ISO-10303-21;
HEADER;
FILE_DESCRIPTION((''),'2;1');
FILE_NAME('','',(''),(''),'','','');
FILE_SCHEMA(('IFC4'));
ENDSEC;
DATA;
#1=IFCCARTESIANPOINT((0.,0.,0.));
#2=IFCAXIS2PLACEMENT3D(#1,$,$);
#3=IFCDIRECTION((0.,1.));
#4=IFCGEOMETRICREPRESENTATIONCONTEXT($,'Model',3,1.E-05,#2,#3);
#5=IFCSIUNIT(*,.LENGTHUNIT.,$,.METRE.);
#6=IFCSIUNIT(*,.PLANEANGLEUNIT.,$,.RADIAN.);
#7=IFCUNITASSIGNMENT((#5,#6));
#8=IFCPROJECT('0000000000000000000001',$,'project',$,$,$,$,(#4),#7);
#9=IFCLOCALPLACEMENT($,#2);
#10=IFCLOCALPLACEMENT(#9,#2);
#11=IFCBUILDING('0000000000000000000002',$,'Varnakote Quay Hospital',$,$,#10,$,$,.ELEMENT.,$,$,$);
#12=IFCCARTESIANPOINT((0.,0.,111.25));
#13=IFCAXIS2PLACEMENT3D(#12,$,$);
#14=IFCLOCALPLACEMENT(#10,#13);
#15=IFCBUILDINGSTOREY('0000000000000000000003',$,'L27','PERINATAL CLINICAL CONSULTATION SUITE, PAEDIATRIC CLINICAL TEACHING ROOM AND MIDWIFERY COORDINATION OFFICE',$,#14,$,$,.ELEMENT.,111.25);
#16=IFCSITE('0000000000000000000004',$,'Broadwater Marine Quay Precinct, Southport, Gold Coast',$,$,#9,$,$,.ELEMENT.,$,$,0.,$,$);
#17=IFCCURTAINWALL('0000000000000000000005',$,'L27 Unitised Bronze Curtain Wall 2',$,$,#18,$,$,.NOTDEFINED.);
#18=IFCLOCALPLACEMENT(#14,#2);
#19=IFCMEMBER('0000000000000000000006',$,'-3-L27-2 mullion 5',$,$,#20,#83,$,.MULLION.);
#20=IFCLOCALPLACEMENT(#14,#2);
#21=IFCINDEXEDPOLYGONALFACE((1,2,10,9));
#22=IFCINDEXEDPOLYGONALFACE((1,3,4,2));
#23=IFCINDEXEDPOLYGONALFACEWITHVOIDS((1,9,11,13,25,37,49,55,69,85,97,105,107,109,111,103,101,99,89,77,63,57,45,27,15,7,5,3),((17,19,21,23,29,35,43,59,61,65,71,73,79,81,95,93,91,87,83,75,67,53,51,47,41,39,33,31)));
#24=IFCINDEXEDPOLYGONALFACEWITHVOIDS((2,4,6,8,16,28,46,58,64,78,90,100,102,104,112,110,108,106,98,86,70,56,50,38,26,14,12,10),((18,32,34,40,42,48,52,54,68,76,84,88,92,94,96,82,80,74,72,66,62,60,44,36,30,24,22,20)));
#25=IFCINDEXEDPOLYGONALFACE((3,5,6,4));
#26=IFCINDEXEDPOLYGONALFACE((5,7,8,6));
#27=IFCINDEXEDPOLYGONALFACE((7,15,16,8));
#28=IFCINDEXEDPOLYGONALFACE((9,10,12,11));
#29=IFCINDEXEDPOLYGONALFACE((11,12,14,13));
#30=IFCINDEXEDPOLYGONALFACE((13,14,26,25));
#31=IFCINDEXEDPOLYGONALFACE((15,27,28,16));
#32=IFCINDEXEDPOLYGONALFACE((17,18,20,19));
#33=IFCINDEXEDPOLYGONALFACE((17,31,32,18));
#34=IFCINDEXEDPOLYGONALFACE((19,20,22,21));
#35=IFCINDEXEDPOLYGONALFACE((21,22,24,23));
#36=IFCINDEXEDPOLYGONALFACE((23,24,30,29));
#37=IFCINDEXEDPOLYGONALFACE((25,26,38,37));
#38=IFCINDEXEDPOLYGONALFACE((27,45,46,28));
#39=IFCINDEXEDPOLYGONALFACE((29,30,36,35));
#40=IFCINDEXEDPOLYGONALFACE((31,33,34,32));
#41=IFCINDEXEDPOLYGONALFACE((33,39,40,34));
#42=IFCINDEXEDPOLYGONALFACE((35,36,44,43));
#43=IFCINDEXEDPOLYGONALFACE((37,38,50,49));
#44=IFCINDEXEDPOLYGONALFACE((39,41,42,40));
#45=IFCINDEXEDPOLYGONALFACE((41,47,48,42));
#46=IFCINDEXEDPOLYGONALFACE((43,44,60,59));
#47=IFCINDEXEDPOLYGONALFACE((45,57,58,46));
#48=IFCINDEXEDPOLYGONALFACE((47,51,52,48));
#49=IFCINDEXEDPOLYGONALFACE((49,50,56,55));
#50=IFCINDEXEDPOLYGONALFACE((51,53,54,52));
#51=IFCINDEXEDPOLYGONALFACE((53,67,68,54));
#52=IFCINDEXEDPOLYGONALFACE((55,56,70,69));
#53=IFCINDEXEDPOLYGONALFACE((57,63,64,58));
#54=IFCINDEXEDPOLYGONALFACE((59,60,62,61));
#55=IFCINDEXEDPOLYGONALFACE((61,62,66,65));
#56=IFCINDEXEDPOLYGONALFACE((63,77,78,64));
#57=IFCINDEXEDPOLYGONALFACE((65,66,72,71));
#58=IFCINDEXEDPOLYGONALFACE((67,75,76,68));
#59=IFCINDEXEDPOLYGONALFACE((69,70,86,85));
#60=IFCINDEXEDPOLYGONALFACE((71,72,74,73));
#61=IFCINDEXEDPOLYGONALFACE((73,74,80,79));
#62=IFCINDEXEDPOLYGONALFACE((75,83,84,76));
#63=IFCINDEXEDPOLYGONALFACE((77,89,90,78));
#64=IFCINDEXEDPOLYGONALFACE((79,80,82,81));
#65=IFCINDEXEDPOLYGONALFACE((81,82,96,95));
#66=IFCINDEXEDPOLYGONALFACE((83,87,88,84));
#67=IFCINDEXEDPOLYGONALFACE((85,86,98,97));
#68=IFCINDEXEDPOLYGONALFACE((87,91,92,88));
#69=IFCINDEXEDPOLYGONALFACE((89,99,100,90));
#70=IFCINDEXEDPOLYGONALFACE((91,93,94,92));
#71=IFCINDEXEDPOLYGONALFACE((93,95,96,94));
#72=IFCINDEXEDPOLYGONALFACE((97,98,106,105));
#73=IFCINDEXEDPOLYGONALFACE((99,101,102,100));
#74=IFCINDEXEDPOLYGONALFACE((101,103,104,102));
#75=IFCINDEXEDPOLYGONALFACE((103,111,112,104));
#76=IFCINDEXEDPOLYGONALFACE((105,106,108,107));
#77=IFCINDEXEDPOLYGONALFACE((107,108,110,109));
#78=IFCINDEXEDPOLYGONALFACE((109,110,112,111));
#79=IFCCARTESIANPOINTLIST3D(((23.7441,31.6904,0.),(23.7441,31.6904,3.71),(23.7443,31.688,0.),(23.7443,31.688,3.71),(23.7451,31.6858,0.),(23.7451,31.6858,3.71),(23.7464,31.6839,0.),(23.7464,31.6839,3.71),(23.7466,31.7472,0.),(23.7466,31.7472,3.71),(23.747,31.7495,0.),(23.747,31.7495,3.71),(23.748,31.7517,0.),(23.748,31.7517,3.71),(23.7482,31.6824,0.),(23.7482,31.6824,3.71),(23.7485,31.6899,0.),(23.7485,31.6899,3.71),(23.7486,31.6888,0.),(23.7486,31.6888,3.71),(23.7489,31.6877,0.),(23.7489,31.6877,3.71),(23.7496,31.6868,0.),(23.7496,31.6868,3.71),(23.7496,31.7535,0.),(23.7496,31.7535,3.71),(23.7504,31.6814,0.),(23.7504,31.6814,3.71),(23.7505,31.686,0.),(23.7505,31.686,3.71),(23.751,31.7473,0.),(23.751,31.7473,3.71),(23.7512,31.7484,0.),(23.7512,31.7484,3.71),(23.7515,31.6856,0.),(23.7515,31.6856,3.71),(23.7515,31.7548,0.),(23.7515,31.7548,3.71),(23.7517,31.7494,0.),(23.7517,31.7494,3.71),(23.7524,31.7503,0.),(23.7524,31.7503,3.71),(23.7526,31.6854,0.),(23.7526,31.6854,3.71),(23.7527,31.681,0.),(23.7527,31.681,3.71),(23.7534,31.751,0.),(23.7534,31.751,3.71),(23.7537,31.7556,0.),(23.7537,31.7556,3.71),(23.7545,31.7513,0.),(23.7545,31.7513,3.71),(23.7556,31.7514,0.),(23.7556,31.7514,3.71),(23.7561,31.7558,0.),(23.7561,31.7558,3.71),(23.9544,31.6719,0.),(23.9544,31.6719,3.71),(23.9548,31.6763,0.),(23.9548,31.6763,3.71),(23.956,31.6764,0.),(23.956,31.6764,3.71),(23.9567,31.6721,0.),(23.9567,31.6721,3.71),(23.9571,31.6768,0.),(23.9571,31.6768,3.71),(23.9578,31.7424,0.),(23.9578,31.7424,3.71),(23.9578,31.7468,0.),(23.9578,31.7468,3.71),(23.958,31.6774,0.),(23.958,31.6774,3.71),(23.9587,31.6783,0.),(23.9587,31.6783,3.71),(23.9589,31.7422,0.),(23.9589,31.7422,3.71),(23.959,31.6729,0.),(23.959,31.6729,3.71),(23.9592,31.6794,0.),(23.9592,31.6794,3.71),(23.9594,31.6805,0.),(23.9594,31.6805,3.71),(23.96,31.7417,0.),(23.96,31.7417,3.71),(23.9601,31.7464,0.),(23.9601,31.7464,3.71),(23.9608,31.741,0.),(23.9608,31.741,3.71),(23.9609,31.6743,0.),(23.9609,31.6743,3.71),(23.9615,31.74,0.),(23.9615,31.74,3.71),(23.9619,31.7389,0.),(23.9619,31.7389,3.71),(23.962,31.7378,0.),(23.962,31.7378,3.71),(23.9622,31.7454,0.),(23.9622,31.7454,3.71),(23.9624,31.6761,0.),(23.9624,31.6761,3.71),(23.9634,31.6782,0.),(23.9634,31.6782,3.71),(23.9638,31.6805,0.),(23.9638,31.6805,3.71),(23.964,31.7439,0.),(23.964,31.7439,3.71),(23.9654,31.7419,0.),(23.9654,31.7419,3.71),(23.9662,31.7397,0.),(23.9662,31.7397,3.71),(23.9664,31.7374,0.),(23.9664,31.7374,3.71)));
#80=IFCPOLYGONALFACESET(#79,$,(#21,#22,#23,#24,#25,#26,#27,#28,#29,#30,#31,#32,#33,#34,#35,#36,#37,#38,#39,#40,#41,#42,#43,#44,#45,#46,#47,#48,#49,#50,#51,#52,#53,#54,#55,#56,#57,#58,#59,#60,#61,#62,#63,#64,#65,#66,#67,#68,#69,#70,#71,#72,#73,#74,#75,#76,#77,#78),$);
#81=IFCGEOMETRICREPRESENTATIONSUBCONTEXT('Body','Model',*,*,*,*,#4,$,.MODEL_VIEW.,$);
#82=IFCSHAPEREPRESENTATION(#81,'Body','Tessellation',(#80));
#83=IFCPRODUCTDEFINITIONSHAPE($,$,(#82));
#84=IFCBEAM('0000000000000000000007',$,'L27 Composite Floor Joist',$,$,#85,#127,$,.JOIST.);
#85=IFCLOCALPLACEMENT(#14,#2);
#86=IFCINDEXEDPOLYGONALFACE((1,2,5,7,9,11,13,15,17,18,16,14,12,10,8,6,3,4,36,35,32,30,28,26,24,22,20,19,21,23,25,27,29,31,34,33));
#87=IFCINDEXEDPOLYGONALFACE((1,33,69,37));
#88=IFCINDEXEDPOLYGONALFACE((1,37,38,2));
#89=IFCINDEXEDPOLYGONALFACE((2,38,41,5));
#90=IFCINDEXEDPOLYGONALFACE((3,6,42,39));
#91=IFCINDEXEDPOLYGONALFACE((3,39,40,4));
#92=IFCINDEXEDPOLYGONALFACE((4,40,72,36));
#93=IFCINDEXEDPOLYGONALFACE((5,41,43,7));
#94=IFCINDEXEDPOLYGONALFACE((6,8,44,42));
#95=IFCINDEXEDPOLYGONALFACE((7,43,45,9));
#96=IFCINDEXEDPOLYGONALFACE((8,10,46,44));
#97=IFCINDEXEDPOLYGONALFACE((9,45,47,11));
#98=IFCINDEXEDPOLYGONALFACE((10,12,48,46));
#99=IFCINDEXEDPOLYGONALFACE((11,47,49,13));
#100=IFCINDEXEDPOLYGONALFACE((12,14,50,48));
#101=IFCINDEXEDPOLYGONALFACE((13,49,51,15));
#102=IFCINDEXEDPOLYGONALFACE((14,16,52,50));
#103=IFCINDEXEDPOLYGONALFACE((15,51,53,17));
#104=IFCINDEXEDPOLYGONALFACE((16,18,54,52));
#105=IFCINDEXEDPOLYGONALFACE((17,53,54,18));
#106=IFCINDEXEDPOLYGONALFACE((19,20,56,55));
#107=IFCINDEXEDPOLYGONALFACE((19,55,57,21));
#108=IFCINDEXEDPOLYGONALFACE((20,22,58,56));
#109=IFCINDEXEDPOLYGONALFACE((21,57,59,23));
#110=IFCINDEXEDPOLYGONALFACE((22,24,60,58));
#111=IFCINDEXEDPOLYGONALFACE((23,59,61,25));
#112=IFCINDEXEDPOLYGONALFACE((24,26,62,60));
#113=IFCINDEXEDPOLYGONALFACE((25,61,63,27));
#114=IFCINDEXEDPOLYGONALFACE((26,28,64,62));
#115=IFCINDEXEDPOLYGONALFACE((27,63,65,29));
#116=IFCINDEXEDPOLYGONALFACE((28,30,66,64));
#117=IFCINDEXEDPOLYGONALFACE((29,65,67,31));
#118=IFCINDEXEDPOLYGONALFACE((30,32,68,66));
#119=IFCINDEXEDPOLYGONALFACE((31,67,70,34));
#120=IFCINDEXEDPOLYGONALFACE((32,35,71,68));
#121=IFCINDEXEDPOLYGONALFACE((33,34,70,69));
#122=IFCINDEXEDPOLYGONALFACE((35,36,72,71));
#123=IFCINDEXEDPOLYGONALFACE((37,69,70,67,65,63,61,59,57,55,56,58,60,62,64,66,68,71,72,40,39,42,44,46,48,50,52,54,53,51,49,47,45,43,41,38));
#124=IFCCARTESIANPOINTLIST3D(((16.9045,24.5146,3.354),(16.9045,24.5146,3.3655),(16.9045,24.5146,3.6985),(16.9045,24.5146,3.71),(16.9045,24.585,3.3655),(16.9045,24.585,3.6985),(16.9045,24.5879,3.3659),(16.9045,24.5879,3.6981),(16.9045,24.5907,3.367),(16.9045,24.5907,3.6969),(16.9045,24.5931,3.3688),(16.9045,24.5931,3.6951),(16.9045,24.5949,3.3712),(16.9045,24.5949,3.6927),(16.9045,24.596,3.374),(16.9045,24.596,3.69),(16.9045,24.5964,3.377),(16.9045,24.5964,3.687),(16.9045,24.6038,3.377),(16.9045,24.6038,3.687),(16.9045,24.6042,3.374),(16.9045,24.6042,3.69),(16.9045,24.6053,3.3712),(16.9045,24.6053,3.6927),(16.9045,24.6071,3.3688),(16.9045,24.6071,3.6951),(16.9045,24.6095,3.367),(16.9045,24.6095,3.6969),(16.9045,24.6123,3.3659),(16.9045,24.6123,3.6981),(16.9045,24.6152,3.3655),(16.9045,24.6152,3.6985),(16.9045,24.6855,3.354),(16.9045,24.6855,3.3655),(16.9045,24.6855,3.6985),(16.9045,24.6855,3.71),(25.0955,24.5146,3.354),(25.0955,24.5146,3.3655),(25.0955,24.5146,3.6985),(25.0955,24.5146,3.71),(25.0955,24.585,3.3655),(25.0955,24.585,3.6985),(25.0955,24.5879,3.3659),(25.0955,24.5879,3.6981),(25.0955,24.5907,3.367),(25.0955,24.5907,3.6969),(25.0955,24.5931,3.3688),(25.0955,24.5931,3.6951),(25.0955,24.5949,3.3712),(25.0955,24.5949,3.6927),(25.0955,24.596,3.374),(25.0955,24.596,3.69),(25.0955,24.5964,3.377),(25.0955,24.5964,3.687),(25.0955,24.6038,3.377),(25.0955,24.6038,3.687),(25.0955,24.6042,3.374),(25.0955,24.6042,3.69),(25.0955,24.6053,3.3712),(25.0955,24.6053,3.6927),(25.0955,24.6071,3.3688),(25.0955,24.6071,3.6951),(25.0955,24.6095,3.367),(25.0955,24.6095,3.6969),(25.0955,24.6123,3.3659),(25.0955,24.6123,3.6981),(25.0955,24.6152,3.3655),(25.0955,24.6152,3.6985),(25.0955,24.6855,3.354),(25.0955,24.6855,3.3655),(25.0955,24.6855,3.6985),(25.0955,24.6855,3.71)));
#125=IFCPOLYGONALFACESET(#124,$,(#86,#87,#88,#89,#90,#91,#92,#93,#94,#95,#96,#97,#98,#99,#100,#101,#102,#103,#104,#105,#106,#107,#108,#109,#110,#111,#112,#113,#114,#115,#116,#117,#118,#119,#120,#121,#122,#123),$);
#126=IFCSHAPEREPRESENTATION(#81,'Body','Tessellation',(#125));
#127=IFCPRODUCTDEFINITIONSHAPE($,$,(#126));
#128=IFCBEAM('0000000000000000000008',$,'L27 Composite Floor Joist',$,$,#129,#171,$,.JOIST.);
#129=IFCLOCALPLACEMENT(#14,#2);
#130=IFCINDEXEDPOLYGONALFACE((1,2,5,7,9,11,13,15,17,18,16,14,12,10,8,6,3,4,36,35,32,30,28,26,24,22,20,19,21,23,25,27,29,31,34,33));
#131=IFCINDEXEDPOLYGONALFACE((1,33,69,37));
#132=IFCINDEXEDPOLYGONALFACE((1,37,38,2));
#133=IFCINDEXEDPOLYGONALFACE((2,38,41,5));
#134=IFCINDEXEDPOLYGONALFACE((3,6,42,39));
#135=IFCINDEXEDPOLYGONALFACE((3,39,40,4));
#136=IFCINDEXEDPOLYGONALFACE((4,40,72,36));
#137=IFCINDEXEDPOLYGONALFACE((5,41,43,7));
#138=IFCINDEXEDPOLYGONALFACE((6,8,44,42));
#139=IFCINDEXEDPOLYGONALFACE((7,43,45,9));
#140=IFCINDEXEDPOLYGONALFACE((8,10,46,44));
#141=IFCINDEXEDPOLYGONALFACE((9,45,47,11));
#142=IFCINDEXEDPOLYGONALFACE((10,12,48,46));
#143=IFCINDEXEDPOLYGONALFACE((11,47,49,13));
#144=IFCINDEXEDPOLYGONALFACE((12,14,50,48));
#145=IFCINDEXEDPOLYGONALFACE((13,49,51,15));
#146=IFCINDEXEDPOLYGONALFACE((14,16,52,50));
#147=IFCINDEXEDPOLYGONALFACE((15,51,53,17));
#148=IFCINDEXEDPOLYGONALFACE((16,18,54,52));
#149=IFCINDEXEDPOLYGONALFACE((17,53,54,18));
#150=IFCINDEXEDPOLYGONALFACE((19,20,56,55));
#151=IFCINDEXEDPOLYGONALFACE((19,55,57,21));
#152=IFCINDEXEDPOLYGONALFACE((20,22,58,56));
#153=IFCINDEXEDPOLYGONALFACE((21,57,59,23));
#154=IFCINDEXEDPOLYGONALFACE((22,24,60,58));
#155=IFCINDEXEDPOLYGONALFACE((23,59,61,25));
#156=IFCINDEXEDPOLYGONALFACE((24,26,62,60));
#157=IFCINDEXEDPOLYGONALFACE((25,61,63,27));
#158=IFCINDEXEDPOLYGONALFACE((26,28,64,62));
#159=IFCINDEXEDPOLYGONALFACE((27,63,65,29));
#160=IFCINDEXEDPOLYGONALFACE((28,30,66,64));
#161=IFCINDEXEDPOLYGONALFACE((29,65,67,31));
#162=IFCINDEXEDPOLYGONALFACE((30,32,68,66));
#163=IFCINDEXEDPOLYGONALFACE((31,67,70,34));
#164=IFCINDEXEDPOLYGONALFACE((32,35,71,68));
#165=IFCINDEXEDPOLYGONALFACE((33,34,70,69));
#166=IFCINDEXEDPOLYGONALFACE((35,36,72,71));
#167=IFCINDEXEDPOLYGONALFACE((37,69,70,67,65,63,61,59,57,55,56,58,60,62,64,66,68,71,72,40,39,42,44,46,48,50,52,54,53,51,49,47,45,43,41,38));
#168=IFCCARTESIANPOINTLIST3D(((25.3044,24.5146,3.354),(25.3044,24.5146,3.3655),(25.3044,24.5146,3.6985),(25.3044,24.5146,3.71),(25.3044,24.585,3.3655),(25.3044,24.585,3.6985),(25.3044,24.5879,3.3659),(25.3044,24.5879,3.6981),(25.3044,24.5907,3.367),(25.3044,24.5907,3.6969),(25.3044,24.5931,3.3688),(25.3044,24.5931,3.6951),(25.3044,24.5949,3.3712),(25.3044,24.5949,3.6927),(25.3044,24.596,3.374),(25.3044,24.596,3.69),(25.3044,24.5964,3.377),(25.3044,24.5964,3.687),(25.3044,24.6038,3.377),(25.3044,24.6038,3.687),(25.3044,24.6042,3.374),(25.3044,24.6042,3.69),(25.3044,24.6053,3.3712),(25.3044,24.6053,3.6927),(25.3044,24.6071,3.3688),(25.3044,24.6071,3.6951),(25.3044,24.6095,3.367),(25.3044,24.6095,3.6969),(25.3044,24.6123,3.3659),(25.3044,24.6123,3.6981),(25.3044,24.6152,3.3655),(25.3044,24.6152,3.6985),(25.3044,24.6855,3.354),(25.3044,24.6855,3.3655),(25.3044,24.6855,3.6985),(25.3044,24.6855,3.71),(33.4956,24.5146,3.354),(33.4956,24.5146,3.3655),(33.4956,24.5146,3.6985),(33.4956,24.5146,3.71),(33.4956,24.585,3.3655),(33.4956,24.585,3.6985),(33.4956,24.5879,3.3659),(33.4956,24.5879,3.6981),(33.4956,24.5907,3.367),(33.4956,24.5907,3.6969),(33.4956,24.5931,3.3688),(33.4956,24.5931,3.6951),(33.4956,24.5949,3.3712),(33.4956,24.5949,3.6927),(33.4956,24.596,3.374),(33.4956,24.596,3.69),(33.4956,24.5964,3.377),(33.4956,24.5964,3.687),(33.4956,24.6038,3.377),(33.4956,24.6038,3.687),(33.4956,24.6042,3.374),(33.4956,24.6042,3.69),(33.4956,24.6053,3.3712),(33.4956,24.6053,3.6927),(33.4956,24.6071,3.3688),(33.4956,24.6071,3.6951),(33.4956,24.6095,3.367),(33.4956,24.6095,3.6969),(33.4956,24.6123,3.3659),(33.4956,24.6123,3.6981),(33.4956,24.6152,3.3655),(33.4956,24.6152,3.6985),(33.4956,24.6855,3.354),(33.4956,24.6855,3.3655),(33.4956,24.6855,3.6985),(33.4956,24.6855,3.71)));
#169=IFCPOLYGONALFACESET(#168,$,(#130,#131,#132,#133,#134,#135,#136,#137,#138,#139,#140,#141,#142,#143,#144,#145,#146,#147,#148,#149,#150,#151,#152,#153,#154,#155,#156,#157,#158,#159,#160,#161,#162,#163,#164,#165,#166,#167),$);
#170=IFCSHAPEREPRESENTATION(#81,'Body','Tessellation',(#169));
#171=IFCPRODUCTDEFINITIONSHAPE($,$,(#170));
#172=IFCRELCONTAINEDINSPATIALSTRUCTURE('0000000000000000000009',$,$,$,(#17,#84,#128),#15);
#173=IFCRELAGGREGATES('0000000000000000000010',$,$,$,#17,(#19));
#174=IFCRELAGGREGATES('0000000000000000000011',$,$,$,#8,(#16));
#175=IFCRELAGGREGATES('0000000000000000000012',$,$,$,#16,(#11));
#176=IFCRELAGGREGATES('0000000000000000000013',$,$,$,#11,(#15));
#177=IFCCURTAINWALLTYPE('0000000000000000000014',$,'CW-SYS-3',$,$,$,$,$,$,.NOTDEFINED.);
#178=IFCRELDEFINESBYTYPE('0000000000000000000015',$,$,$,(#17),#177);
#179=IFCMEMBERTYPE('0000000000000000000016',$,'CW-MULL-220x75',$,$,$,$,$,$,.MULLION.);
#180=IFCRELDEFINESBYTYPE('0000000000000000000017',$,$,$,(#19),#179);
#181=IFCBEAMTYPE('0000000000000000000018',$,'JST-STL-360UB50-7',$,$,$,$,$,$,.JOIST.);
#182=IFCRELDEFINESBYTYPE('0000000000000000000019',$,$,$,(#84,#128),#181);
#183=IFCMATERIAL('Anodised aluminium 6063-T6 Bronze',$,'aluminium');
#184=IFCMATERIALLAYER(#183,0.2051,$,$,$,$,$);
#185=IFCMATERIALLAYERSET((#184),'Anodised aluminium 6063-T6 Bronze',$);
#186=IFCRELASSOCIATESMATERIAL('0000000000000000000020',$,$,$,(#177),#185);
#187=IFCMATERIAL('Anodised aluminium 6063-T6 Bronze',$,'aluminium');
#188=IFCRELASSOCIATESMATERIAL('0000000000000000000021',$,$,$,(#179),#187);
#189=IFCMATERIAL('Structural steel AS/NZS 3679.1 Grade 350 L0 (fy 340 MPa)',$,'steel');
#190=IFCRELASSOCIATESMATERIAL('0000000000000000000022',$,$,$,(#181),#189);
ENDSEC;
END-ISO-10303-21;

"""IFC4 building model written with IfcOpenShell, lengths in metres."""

from ifc_helpers import new_model, si_unit, direction, frame, origin, origin_2d, place, context, subcontext, project, spatial, hollow_rectangle, i_section, extrude, material, layer, layer_set, material_profile, profile_set, type_object, element, aggregate, save


model = new_model("IFC4")

# Units and contexts
model_context = context("Model", 3, precision=1e-05, world=origin(), true_north=direction((0.0, 1.0)))
body_context = subcontext(model_context, "Body", "Model", "MODEL_VIEW")
ifc_project = project(units=[si_unit("LENGTHUNIT", "METRE"), si_unit("PLANEANGLEUNIT", "RADIAN")], contexts=[model_context])

# Site, building, storey
site_placement = place(None, origin())
site = spatial("IfcSite", under=ifc_project, at=site_placement, Name="Broadwater Marine Quay Precinct, Southport, Gold Coast", CompositionType="ELEMENT", RefElevation=0.0)
building_placement = place(site_placement, origin())
building = spatial("IfcBuilding", under=site, at=building_placement, Name="Varnakote Quay Hospital", CompositionType="ELEMENT")
storey_placement = place(building_placement, frame((0.0, 0.0, 111.25)))
storey = spatial("IfcBuildingStorey", under=building, at=storey_placement, Name="L27", Description="PERINATAL CLINICAL CONSULTATION SUITE, PAEDIATRIC CLINICAL TEACHING ROOM AND MIDWIFERY COORDINATION OFFICE", CompositionType="ELEMENT", Elevation=111.25)

# Curtain wall, member
ifc_material_1 = material(Name="Anodised aluminium 6063-T6 Bronze", Category="aluminium")
ifc_layer_1 = layer(ifc_material_1, 0.2051)
ifc_layer_set_1 = layer_set([ifc_layer_1], Name="Anodised aluminium 6063-T6 Bronze")
curtain_wall_type = type_object("IfcCurtainWallType", Name="CW-SYS-3", PredefinedType="NOTDEFINED", material=ifc_layer_set_1)
curtain_wall_placement = place(storey_placement, origin())
curtain_wall = element("IfcCurtainWall", 1, at=curtain_wall_placement, inside=storey, type_object=curtain_wall_type, Name="L27 Unitised Bronze Curtain Wall 2", PredefinedType="NOTDEFINED")
ifc_material_2 = material(Name="Anodised aluminium 6063-T6 Bronze", Category="aluminium")
ifc_material_profile_1 = material_profile(ifc_material_2, hollow_rectangle(XDim=0.075, YDim=0.22, WallThickness=0.0044, InnerFilletRadius=0.0044, OuterFilletRadius=0.009, at=origin_2d()), Name="CW-MULL-220x75")
ifc_profile_set_1 = profile_set([ifc_material_profile_1], Name="Anodised aluminium 6063-T6 Bronze")
member_type = type_object("IfcMemberType", Name="CW-MULL-220x75", PredefinedType="MULLION", material=ifc_profile_set_1)
member_placement = place(storey_placement, frame((23.8552, 31.7139, 0.0), z_axis=(0.0, 0.0, 1.0), x_axis=(-0.044782, -0.998997, 0.0)))
member = element("IfcMember", 2, at=member_placement, type_object=member_type, Name="-3-L27-2 mullion 5", PredefinedType="MULLION", context=body_context, shape_type="SweptSolid", body=[
    extrude(hollow_rectangle(XDim=0.075, YDim=0.22, WallThickness=0.0044, InnerFilletRadius=0.0044, OuterFilletRadius=0.009, at=origin_2d()), origin(), (0.0, 0.0, 1.0), 3.71),
])

# Beams
ifc_material_3 = material(Name="Structural steel AS/NZS 3679.1 Grade 350 L0 (fy 340 MPa)", Category="steel")
ifc_material_profile_2 = material_profile(ifc_material_3, i_section(OverallWidth=0.1709, OverallDepth=0.356, WebThickness=0.0073, FlangeThickness=0.0115, FilletRadius=0.0115, at=origin_2d()), Name="360UB50.7")
ifc_profile_set_2 = profile_set([ifc_material_profile_2], Name="Structural steel AS/NZS 3679.1 Grade 350 L0 (fy 340 MPa)")
beam_type_1 = type_object("IfcBeamType", Name="JST-STL-360UB50-7", PredefinedType="JOIST", material=ifc_profile_set_2)
beam_1_placement = place(storey_placement, frame((16.9045, 24.6001, 3.532), z_axis=(1.0, 0.0, 0.0), x_axis=(0.0, 1.0, 0.0)))
element("IfcBeam", 3, at=beam_1_placement, inside=storey, type_object=beam_type_1, Name="L27 Composite Floor Joist", PredefinedType="JOIST", context=body_context, shape_type="SweptSolid", body=[
    extrude(i_section(OverallWidth=0.1709, OverallDepth=0.356, WebThickness=0.0073, FlangeThickness=0.0115, FilletRadius=0.0115, at=origin_2d()), origin(), (0.0, 0.0, 1.0), 8.1909),
])
beam_2_placement = place(storey_placement, frame((25.3044, 24.6001, 3.532), z_axis=(1.0, 0.0, 0.0), x_axis=(0.0, 1.0, 0.0)))
element("IfcBeam", 4, at=beam_2_placement, inside=storey, type_object=beam_type_1, Name="L27 Composite Floor Joist", PredefinedType="JOIST", context=body_context, shape_type="SweptSolid", body=[
    extrude(i_section(OverallWidth=0.1709, OverallDepth=0.356, WebThickness=0.0073, FlangeThickness=0.0115, FilletRadius=0.0115, at=origin_2d()), origin(), (0.0, 0.0, 1.0), 8.1912),
])

aggregate(curtain_wall, [member])

save(model, "model.ifc")
